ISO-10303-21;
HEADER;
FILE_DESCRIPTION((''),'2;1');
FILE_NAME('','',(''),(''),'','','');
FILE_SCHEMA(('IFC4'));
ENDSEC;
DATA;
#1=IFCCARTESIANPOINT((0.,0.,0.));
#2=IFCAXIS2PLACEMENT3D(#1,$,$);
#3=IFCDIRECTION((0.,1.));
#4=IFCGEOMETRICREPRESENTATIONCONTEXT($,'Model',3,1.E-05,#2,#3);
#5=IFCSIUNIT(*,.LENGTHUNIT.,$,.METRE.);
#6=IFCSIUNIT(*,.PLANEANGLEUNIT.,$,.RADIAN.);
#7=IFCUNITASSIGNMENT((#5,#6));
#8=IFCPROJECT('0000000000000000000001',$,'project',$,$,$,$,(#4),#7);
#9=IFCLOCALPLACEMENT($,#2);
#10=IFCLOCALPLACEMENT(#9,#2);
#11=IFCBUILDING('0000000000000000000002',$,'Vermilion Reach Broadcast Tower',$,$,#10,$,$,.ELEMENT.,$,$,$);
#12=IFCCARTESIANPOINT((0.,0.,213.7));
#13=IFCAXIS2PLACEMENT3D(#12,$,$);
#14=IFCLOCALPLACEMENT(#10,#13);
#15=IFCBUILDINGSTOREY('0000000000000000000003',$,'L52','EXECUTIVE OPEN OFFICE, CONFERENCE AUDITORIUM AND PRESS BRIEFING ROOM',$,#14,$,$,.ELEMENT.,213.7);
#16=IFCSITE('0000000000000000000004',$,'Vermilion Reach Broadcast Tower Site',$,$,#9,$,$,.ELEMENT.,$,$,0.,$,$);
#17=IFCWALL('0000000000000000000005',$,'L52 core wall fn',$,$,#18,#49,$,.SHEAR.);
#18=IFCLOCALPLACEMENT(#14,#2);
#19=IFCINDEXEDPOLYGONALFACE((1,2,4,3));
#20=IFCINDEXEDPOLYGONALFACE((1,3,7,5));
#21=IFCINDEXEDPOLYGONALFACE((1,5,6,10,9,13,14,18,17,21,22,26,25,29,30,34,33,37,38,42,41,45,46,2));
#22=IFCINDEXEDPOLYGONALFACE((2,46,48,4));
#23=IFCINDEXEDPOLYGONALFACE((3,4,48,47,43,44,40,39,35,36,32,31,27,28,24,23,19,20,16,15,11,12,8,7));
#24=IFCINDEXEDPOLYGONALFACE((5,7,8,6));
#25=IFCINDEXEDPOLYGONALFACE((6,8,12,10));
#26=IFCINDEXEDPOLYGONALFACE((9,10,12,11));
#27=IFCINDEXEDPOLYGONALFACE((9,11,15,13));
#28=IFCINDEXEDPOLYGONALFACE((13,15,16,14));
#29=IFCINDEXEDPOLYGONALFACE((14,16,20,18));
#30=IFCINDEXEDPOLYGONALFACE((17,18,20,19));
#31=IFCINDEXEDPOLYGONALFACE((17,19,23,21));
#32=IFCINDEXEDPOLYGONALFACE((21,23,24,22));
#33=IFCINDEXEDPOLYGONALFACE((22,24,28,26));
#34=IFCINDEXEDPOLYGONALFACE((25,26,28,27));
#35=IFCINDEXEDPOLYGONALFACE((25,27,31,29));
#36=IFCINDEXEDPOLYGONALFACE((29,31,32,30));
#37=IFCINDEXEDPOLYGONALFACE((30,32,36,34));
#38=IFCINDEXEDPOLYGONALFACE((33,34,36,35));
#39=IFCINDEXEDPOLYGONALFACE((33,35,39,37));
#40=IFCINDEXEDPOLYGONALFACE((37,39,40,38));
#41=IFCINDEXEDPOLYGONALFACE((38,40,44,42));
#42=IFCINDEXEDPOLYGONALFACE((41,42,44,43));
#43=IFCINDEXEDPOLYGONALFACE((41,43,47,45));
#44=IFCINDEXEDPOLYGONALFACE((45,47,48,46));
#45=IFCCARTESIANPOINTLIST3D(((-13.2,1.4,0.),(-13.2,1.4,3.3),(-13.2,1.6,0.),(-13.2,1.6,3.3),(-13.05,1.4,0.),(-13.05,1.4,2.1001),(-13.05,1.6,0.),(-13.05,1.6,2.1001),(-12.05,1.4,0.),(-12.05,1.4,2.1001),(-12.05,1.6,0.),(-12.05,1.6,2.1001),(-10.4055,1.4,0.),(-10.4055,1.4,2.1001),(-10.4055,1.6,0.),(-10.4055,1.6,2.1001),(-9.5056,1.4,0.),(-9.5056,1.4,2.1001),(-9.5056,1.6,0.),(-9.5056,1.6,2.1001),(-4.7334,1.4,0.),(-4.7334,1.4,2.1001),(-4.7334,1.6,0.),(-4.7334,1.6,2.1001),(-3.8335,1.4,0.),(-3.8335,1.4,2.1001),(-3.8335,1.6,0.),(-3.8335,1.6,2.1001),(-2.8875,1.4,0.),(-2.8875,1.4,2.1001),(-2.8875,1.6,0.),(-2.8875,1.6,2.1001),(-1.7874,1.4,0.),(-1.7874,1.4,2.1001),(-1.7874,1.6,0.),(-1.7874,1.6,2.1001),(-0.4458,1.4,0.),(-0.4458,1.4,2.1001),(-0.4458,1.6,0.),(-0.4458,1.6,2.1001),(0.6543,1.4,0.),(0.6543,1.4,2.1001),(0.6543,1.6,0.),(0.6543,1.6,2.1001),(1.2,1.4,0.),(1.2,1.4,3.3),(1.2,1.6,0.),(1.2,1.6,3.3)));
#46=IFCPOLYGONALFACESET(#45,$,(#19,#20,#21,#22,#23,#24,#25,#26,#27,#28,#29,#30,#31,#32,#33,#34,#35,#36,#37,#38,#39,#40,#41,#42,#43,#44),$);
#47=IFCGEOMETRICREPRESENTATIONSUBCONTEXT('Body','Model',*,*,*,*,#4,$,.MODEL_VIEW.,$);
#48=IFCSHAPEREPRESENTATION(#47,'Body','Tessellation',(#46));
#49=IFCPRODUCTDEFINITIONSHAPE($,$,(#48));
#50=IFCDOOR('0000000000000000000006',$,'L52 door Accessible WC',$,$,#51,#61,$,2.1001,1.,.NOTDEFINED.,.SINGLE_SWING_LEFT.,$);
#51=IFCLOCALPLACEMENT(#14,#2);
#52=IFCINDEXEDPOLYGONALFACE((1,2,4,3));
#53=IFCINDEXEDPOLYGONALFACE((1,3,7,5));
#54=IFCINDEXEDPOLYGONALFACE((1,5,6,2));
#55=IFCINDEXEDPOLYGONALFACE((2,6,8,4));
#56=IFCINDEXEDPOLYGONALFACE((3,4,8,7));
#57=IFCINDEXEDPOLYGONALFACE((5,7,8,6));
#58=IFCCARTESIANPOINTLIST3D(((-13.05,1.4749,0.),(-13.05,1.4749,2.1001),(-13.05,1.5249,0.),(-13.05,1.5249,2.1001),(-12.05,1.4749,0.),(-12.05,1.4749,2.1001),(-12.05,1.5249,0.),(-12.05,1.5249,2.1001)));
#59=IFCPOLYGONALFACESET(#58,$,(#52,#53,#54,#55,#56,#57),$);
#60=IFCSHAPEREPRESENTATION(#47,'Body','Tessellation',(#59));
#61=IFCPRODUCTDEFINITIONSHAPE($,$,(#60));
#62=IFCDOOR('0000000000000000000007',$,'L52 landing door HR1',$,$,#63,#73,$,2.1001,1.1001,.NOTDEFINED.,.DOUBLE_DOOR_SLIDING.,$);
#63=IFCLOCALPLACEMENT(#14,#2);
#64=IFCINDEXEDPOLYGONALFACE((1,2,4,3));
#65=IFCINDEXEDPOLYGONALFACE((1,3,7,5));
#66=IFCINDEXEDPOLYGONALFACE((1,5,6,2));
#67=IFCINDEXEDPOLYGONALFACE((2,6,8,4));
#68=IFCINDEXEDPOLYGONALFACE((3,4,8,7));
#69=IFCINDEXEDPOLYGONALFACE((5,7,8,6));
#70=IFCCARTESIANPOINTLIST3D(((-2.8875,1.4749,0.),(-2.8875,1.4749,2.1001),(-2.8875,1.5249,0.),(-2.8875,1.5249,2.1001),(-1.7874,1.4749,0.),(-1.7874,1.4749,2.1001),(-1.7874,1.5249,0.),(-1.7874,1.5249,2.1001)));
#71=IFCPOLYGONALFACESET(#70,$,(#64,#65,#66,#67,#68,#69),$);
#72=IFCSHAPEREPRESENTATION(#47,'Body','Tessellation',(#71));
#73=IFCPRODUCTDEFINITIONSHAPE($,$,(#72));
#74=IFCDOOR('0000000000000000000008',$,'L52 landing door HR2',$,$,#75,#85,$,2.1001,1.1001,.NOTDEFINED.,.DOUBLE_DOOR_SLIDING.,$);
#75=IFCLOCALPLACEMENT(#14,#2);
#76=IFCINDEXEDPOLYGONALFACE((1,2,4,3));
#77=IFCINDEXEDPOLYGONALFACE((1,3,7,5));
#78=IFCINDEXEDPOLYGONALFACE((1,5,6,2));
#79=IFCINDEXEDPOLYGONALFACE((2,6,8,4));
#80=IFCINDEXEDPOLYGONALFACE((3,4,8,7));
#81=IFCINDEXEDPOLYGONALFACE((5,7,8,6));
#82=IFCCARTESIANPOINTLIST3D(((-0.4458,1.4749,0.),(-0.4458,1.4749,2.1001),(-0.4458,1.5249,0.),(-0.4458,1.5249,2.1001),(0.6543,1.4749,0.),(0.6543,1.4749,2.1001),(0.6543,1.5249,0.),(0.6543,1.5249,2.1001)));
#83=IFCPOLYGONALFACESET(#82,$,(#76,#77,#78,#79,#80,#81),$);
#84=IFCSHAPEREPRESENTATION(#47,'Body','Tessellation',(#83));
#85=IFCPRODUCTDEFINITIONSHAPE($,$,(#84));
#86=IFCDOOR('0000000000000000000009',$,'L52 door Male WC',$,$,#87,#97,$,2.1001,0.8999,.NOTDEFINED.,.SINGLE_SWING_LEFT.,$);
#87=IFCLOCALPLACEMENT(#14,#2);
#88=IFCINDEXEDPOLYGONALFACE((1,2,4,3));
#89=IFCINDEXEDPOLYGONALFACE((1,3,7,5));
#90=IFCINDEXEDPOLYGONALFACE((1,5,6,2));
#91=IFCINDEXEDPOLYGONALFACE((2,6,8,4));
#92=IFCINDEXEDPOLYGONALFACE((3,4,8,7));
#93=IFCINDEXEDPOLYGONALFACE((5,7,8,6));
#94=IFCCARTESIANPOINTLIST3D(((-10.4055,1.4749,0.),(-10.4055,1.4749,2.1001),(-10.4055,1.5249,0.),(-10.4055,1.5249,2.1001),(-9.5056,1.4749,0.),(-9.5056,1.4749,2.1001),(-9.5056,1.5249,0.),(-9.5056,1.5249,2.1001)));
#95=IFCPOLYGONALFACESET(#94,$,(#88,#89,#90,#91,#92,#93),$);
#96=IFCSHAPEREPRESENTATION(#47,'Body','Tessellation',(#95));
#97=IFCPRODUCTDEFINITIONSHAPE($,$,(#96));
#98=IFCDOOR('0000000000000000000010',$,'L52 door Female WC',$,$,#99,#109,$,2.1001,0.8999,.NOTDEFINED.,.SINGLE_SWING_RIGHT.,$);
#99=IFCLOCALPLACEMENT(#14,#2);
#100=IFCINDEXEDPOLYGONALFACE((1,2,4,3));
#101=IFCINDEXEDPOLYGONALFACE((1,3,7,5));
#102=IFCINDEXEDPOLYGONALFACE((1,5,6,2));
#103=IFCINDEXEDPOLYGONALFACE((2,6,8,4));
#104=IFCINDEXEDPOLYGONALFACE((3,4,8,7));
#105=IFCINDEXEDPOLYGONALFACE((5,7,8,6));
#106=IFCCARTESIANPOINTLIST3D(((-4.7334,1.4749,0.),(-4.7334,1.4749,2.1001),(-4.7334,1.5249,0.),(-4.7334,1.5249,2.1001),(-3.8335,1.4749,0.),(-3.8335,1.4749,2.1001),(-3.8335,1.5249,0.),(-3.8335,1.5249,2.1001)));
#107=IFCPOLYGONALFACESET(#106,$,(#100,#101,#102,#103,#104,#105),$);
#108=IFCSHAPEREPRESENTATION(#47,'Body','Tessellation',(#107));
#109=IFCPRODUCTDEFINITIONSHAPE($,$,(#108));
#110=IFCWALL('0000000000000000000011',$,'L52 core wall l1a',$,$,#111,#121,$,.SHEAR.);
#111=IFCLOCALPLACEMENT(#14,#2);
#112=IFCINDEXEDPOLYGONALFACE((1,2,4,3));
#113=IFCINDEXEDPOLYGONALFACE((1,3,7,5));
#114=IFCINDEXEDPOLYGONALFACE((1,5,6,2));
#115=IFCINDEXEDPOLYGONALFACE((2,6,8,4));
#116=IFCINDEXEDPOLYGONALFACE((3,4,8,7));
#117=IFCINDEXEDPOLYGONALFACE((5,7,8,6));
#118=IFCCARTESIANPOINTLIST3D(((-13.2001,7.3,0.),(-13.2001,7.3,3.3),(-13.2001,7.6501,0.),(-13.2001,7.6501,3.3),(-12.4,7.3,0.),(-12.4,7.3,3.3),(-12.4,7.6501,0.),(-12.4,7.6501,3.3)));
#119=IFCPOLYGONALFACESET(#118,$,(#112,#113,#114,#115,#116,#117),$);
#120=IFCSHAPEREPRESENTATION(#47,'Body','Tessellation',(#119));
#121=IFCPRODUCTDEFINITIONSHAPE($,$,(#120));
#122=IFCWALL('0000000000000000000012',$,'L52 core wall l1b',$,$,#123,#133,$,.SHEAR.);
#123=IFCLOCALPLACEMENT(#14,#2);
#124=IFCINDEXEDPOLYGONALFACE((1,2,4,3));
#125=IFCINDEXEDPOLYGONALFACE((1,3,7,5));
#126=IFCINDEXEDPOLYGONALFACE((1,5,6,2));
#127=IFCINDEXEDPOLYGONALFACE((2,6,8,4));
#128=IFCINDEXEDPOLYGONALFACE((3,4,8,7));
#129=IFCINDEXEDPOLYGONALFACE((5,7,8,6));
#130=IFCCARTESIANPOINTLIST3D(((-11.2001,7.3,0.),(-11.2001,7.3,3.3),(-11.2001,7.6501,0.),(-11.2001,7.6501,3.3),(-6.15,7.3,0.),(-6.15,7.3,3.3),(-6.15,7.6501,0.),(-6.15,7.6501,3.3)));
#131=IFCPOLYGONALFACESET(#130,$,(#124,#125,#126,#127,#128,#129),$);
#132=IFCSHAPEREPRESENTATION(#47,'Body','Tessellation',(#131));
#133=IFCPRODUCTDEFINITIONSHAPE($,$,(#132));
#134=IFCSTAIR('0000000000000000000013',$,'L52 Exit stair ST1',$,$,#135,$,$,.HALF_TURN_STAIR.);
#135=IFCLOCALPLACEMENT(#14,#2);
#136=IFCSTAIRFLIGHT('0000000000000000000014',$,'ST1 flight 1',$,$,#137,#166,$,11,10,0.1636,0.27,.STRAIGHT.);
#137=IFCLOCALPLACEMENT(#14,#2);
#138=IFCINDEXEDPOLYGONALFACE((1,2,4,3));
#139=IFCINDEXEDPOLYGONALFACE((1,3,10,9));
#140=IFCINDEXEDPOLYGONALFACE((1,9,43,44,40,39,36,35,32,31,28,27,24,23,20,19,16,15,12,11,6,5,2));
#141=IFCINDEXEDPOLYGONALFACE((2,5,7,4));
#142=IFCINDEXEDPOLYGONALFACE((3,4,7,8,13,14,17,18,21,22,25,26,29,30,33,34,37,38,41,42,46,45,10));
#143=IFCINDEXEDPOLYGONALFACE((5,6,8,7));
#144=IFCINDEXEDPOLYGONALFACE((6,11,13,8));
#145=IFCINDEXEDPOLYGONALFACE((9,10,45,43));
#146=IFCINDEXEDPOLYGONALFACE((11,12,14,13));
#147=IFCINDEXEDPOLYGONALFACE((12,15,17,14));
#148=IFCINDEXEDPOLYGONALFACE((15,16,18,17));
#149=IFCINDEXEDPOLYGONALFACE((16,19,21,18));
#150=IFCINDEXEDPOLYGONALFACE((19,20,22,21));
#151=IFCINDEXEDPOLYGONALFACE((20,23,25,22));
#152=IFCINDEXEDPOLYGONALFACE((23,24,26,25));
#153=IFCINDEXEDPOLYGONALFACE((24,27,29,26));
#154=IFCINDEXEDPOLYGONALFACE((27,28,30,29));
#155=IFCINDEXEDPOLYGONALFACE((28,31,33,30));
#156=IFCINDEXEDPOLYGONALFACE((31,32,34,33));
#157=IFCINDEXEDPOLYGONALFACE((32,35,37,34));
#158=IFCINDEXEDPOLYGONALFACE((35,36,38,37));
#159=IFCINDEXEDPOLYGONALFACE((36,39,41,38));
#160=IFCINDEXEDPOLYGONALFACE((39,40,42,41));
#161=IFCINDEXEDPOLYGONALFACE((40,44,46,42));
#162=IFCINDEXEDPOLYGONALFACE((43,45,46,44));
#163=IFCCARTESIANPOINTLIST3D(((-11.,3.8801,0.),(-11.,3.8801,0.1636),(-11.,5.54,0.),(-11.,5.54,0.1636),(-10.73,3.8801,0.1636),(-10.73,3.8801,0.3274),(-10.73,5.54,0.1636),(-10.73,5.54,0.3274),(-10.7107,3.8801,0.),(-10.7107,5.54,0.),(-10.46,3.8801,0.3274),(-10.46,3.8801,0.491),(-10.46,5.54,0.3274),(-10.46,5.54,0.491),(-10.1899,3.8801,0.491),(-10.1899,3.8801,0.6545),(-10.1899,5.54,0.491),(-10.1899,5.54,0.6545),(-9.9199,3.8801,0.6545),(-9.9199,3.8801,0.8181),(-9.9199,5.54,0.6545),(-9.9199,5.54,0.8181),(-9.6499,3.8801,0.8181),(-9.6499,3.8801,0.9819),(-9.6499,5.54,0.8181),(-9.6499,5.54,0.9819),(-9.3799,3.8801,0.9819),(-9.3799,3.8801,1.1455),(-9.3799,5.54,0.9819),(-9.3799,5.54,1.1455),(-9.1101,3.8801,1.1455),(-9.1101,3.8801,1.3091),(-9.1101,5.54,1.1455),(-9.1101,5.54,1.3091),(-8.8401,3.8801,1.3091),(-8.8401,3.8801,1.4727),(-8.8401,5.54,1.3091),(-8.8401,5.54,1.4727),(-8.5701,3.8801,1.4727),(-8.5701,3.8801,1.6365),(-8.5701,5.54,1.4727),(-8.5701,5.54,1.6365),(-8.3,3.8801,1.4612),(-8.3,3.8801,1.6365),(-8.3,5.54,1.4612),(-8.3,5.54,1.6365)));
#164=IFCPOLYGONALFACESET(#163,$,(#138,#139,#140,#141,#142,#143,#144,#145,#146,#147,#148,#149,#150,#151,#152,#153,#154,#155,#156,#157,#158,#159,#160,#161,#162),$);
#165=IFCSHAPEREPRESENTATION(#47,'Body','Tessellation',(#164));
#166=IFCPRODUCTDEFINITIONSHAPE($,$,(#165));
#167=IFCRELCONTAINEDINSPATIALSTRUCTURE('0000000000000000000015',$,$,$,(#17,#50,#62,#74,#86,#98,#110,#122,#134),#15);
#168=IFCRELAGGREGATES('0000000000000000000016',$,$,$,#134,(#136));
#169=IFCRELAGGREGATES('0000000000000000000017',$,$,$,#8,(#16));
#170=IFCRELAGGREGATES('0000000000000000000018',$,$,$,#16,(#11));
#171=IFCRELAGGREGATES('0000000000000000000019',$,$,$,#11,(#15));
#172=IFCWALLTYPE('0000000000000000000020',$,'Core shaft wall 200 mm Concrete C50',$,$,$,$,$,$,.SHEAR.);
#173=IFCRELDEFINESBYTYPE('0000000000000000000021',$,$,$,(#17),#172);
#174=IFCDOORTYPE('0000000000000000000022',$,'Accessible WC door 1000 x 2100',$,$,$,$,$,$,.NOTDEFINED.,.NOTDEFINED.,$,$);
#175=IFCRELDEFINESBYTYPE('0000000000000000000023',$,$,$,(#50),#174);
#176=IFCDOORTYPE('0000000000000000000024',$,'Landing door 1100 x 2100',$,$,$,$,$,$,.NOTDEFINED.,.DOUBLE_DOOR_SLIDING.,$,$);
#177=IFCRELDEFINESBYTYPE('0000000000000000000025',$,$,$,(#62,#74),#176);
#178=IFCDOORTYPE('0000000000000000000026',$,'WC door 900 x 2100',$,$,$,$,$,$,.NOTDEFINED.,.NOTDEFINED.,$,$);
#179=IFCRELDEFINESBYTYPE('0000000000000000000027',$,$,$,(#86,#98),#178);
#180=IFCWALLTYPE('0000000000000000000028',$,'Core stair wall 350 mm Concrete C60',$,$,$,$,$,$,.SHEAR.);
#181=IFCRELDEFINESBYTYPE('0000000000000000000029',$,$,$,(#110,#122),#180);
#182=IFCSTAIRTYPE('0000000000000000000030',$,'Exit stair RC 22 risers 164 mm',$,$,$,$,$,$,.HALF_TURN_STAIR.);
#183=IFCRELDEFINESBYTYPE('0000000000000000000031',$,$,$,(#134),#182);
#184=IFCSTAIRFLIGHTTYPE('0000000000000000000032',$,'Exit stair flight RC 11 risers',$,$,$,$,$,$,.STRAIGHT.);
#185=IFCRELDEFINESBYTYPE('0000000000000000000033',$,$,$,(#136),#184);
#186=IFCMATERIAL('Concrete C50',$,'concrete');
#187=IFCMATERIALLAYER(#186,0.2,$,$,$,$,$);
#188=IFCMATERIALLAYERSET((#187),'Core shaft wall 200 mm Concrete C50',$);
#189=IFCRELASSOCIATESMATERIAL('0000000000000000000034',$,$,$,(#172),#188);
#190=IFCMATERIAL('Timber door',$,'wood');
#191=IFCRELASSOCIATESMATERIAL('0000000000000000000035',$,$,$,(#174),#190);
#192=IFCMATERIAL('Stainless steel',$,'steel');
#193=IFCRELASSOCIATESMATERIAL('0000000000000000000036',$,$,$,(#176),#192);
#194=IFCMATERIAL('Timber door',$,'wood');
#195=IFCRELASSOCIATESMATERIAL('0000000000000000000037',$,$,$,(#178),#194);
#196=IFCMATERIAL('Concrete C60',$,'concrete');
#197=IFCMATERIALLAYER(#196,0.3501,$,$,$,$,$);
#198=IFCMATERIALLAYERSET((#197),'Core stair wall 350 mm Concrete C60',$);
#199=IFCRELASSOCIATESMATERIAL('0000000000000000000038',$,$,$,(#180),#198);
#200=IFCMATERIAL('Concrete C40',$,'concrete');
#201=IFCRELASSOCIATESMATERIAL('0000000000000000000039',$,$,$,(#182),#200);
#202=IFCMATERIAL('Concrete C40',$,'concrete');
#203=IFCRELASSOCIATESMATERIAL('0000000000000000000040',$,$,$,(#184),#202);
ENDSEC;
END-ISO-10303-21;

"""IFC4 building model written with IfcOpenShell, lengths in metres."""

from ifc_helpers import new_model, si_unit, direction, frame, frame_2d, origin, place, context, subcontext, project, spatial, polyline, rectangle, outline, extrude, material, layer, layer_set, type_object, element, fill, aggregate, save


model = new_model("IFC4")

# Units and contexts
model_context = context("Model", 3, precision=1e-05, world=origin(), true_north=direction((0.0, 1.0)))
body_context = subcontext(model_context, "Body", "Model", "MODEL_VIEW")
ifc_project = project(units=[si_unit("LENGTHUNIT", "METRE"), si_unit("PLANEANGLEUNIT", "RADIAN")], contexts=[model_context])

# Site, building, storey
site_placement = place(None, origin())
site = spatial("IfcSite", under=ifc_project, at=site_placement, Name="Vermilion Reach Broadcast Tower Site", CompositionType="ELEMENT", RefElevation=0.0)
building_placement = place(site_placement, origin())
building = spatial("IfcBuilding", under=site, at=building_placement, Name="Vermilion Reach Broadcast Tower", CompositionType="ELEMENT")
storey_placement = place(building_placement, frame((0.0, 0.0, 213.7)))
storey = spatial("IfcBuildingStorey", under=building, at=storey_placement, Name="L52", Description="EXECUTIVE OPEN OFFICE, CONFERENCE AUDITORIUM AND PRESS BRIEFING ROOM", CompositionType="ELEMENT", Elevation=213.7)

# Wall, openings, doors
ifc_material_1 = material(Name="Concrete C50", Category="concrete")
ifc_layer_1 = layer(ifc_material_1, 0.2)
ifc_layer_set_1 = layer_set([ifc_layer_1], Name="Core shaft wall 200 mm Concrete C50")
wall_type_1 = type_object("IfcWallType", Name="Core shaft wall 200 mm Concrete C50", PredefinedType="SHEAR", material=ifc_layer_set_1)
wall_1_placement = place(storey_placement, frame((-13.2, 1.5, 0.0), z_axis=(0.0, 0.0, 1.0), x_axis=(1.0, 0.0, 0.0)))
wall_1 = element("IfcWall", 1, at=wall_1_placement, inside=storey, type_object=wall_type_1, Name="L52 core wall fn", PredefinedType="SHEAR", context=body_context, shape_type="SweptSolid", body=[
    extrude(rectangle(XDim=14.3999, YDim=0.2, at=frame_2d((7.2, 0.0))), origin(), (0.0, 0.0, 1.0), 3.3),
])
opening_1_placement = place(wall_1_placement, frame((10.3125, 0.0, 0.0)))
opening_1 = element("IfcOpeningElement", 2, at=opening_1_placement, cuts=wall_1, PredefinedType="OPENING", context=body_context, shape_type="SweptSolid", body=[
    extrude(rectangle(XDim=1.1001, YDim=2.1001, at=frame_2d((0.55, 1.05))), frame((0.0, 0.1099, 0.0), z_axis=(0.0, -1.0, 0.0), x_axis=(1.0, 0.0, 0.0)), (0.0, 0.0, 1.0), 0.22),
])
opening_2_placement = place(wall_1_placement, frame((12.7542, 0.0, 0.0)))
opening_2 = element("IfcOpeningElement", 3, at=opening_2_placement, cuts=wall_1, PredefinedType="OPENING", context=body_context, shape_type="SweptSolid", body=[
    extrude(rectangle(XDim=1.1001, YDim=2.1001, at=frame_2d((0.55, 1.05))), frame((0.0, 0.1099, 0.0), z_axis=(0.0, -1.0, 0.0), x_axis=(1.0, 0.0, 0.0)), (0.0, 0.0, 1.0), 0.22),
])
opening_3_placement = place(wall_1_placement, frame((0.1499, 0.0, 0.0)))
opening_3 = element("IfcOpeningElement", 4, at=opening_3_placement, cuts=wall_1, PredefinedType="OPENING", context=body_context, shape_type="SweptSolid", body=[
    extrude(rectangle(XDim=1.0, YDim=2.1001, at=frame_2d((0.5, 1.05))), frame((0.0, 0.1099, 0.0), z_axis=(0.0, -1.0, 0.0), x_axis=(1.0, 0.0, 0.0)), (0.0, 0.0, 1.0), 0.22),
])
opening_4_placement = place(wall_1_placement, frame((2.7944, 0.0, 0.0)))
opening_4 = element("IfcOpeningElement", 5, at=opening_4_placement, cuts=wall_1, PredefinedType="OPENING", context=body_context, shape_type="SweptSolid", body=[
    extrude(rectangle(XDim=0.8999, YDim=2.1001, at=frame_2d((0.45, 1.05))), frame((0.0, 0.1099, 0.0), z_axis=(0.0, -1.0, 0.0), x_axis=(1.0, 0.0, 0.0)), (0.0, 0.0, 1.0), 0.22),
])
opening_5_placement = place(wall_1_placement, frame((8.4666, 0.0, 0.0)))
opening_5 = element("IfcOpeningElement", 6, at=opening_5_placement, cuts=wall_1, PredefinedType="OPENING", context=body_context, shape_type="SweptSolid", body=[
    extrude(rectangle(XDim=0.8999, YDim=2.1001, at=frame_2d((0.45, 1.05))), frame((0.0, 0.1099, 0.0), z_axis=(0.0, -1.0, 0.0), x_axis=(1.0, 0.0, 0.0)), (0.0, 0.0, 1.0), 0.22),
])
ifc_material_2 = material(Name="Timber door", Category="wood")
door_type_1 = type_object("IfcDoorType", Name="Accessible WC door 1000 x 2100", OperationType="NOTDEFINED", PredefinedType="NOTDEFINED", material=ifc_material_2)
door_1_placement = place(opening_3_placement, origin())
door_1 = element("IfcDoor", 7, at=door_1_placement, inside=storey, type_object=door_type_1, Name="L52 door Accessible WC", OperationType="SINGLE_SWING_LEFT", OverallHeight=2.1001, OverallWidth=1.0, PredefinedType="NOTDEFINED", context=body_context, shape_type="SweptSolid", body=[
    extrude(rectangle(XDim=1.0, YDim=2.1001, at=frame_2d((0.5, 1.05))), frame((0.0, 0.0249, 0.0), z_axis=(0.0, -1.0, 0.0), x_axis=(1.0, 0.0, 0.0)), (0.0, 0.0, 1.0), 0.05),
])
fill(opening_3, door_1)
ifc_material_3 = material(Name="Stainless steel", Category="steel")
door_type_2 = type_object("IfcDoorType", Name="Landing door 1100 x 2100", OperationType="DOUBLE_DOOR_SLIDING", PredefinedType="NOTDEFINED", material=ifc_material_3)
door_2_placement = place(opening_1_placement, origin())
door_2 = element("IfcDoor", 8, at=door_2_placement, inside=storey, type_object=door_type_2, Name="L52 landing door HR1", OperationType="DOUBLE_DOOR_SLIDING", OverallHeight=2.1001, OverallWidth=1.1001, PredefinedType="NOTDEFINED", context=body_context, shape_type="SweptSolid", body=[
    extrude(rectangle(XDim=1.1001, YDim=2.1001, at=frame_2d((0.55, 1.05))), frame((0.0, 0.0249, 0.0), z_axis=(0.0, -1.0, 0.0), x_axis=(1.0, 0.0, 0.0)), (0.0, 0.0, 1.0), 0.05),
])
fill(opening_1, door_2)
door_3_placement = place(opening_2_placement, origin())
door_3 = element("IfcDoor", 9, at=door_3_placement, inside=storey, type_object=door_type_2, Name="L52 landing door HR2", OperationType="DOUBLE_DOOR_SLIDING", OverallHeight=2.1001, OverallWidth=1.1001, PredefinedType="NOTDEFINED", context=body_context, shape_type="SweptSolid", body=[
    extrude(rectangle(XDim=1.1001, YDim=2.1001, at=frame_2d((0.55, 1.05))), frame((0.0, 0.0249, 0.0), z_axis=(0.0, -1.0, 0.0), x_axis=(1.0, 0.0, 0.0)), (0.0, 0.0, 1.0), 0.05),
])
fill(opening_2, door_3)
ifc_material_4 = material(Name="Timber door", Category="wood")
door_type_3 = type_object("IfcDoorType", Name="WC door 900 x 2100", OperationType="NOTDEFINED", PredefinedType="NOTDEFINED", material=ifc_material_4)
door_4_placement = place(opening_4_placement, origin())
door_4 = element("IfcDoor", 10, at=door_4_placement, inside=storey, type_object=door_type_3, Name="L52 door Male WC", OperationType="SINGLE_SWING_LEFT", OverallHeight=2.1001, OverallWidth=0.8999, PredefinedType="NOTDEFINED", context=body_context, shape_type="SweptSolid", body=[
    extrude(rectangle(XDim=0.8999, YDim=2.1001, at=frame_2d((0.45, 1.05))), frame((0.0, 0.0249, 0.0), z_axis=(0.0, -1.0, 0.0), x_axis=(1.0, 0.0, 0.0)), (0.0, 0.0, 1.0), 0.05),
])
fill(opening_4, door_4)
door_5_placement = place(opening_5_placement, origin())
door_5 = element("IfcDoor", 11, at=door_5_placement, inside=storey, type_object=door_type_3, Name="L52 door Female WC", OperationType="SINGLE_SWING_RIGHT", OverallHeight=2.1001, OverallWidth=0.8999, PredefinedType="NOTDEFINED", context=body_context, shape_type="SweptSolid", body=[
    extrude(rectangle(XDim=0.8999, YDim=2.1001, at=frame_2d((0.45, 1.05))), frame((0.0, 0.0249, 0.0), z_axis=(0.0, -1.0, 0.0), x_axis=(1.0, 0.0, 0.0)), (0.0, 0.0, 1.0), 0.05),
])
fill(opening_5, door_5)

# Walls
ifc_material_5 = material(Name="Concrete C60", Category="concrete")
ifc_layer_2 = layer(ifc_material_5, 0.3501)
ifc_layer_set_2 = layer_set([ifc_layer_2], Name="Core stair wall 350 mm Concrete C60")
wall_type_2 = type_object("IfcWallType", Name="Core stair wall 350 mm Concrete C60", PredefinedType="SHEAR", material=ifc_layer_set_2)
wall_2_placement = place(storey_placement, frame((-13.2, 7.4751, 0.0), z_axis=(0.0, 0.0, 1.0), x_axis=(1.0, 0.0, 0.0)))
element("IfcWall", 12, at=wall_2_placement, inside=storey, type_object=wall_type_2, Name="L52 core wall l1a", PredefinedType="SHEAR", context=body_context, shape_type="SweptSolid", body=[
    extrude(rectangle(XDim=0.8, YDim=0.3501, at=frame_2d((0.3999, 0.0))), origin(), (0.0, 0.0, 1.0), 3.3),
])
wall_3_placement = place(storey_placement, frame((-11.2, 7.4751, 0.0), z_axis=(0.0, 0.0, 1.0), x_axis=(1.0, 0.0, 0.0)))
element("IfcWall", 13, at=wall_3_placement, inside=storey, type_object=wall_type_2, Name="L52 core wall l1b", PredefinedType="SHEAR", context=body_context, shape_type="SweptSolid", body=[
    extrude(rectangle(XDim=5.05, YDim=0.3501, at=frame_2d((2.5249, 0.0))), origin(), (0.0, 0.0, 1.0), 3.3),
])

# Stair, stair flight
ifc_material_6 = material(Name="Concrete C40", Category="concrete")
stair_type = type_object("IfcStairType", Name="Exit stair RC 22 risers 164 mm", PredefinedType="HALF_TURN_STAIR", material=ifc_material_6)
stair_placement = place(storey_placement, origin())
stair = element("IfcStair", 14, at=stair_placement, inside=storey, type_object=stair_type, Name="L52 Exit stair ST1", PredefinedType="HALF_TURN_STAIR")
ifc_material_7 = material(Name="Concrete C40", Category="concrete")
stair_flight_type = type_object("IfcStairFlightType", Name="Exit stair flight RC 11 risers", PredefinedType="STRAIGHT", material=ifc_material_7)
stair_flight_1_placement = place(storey_placement, frame((-11.0, 4.71, 0.0), z_axis=(0.0, 0.0, 1.0), x_axis=(1.0, 0.0, 0.0)))
stair_flight_1 = element("IfcStairFlight", 15, at=stair_flight_1_placement, type_object=stair_flight_type, Name="ST1 flight 1", NumberOfRisers=11, NumberOfTreads=10, PredefinedType="STRAIGHT", RiserHeight=0.1636, TreadLength=0.27, context=body_context, shape_type="SweptSolid", body=[
    extrude(outline(polyline([(0.0, 0.0), (0.0, 0.1636), (0.27, 0.1636), (0.27, 0.3274), (0.54, 0.3274), (0.54, 0.491), (0.8101, 0.491), (0.8101, 0.6545), (1.0801, 0.6545), (1.0801, 0.8181), (1.3501, 0.8181), (1.3501, 0.9819), (1.6201, 0.9819), (1.6201, 1.1455), (1.8899, 1.1455), (1.8899, 1.3091), (2.1599, 1.3091), (2.1599, 1.4727), (2.4299, 1.4727), (2.4299, 1.6365), (2.7, 1.6365), (2.7, 1.8), (2.7, 1.4612), (0.2893, 0.0), (0.0, 0.0)])), frame((0.0, 0.8301, 0.0), z_axis=(0.0, -1.0, 0.0), x_axis=(1.0, 0.0, 0.0)), (0.0, 0.0, 1.0), 1.6599),
])
aggregate(stair, [stair_flight_1])

save(model, "model.ifc")
